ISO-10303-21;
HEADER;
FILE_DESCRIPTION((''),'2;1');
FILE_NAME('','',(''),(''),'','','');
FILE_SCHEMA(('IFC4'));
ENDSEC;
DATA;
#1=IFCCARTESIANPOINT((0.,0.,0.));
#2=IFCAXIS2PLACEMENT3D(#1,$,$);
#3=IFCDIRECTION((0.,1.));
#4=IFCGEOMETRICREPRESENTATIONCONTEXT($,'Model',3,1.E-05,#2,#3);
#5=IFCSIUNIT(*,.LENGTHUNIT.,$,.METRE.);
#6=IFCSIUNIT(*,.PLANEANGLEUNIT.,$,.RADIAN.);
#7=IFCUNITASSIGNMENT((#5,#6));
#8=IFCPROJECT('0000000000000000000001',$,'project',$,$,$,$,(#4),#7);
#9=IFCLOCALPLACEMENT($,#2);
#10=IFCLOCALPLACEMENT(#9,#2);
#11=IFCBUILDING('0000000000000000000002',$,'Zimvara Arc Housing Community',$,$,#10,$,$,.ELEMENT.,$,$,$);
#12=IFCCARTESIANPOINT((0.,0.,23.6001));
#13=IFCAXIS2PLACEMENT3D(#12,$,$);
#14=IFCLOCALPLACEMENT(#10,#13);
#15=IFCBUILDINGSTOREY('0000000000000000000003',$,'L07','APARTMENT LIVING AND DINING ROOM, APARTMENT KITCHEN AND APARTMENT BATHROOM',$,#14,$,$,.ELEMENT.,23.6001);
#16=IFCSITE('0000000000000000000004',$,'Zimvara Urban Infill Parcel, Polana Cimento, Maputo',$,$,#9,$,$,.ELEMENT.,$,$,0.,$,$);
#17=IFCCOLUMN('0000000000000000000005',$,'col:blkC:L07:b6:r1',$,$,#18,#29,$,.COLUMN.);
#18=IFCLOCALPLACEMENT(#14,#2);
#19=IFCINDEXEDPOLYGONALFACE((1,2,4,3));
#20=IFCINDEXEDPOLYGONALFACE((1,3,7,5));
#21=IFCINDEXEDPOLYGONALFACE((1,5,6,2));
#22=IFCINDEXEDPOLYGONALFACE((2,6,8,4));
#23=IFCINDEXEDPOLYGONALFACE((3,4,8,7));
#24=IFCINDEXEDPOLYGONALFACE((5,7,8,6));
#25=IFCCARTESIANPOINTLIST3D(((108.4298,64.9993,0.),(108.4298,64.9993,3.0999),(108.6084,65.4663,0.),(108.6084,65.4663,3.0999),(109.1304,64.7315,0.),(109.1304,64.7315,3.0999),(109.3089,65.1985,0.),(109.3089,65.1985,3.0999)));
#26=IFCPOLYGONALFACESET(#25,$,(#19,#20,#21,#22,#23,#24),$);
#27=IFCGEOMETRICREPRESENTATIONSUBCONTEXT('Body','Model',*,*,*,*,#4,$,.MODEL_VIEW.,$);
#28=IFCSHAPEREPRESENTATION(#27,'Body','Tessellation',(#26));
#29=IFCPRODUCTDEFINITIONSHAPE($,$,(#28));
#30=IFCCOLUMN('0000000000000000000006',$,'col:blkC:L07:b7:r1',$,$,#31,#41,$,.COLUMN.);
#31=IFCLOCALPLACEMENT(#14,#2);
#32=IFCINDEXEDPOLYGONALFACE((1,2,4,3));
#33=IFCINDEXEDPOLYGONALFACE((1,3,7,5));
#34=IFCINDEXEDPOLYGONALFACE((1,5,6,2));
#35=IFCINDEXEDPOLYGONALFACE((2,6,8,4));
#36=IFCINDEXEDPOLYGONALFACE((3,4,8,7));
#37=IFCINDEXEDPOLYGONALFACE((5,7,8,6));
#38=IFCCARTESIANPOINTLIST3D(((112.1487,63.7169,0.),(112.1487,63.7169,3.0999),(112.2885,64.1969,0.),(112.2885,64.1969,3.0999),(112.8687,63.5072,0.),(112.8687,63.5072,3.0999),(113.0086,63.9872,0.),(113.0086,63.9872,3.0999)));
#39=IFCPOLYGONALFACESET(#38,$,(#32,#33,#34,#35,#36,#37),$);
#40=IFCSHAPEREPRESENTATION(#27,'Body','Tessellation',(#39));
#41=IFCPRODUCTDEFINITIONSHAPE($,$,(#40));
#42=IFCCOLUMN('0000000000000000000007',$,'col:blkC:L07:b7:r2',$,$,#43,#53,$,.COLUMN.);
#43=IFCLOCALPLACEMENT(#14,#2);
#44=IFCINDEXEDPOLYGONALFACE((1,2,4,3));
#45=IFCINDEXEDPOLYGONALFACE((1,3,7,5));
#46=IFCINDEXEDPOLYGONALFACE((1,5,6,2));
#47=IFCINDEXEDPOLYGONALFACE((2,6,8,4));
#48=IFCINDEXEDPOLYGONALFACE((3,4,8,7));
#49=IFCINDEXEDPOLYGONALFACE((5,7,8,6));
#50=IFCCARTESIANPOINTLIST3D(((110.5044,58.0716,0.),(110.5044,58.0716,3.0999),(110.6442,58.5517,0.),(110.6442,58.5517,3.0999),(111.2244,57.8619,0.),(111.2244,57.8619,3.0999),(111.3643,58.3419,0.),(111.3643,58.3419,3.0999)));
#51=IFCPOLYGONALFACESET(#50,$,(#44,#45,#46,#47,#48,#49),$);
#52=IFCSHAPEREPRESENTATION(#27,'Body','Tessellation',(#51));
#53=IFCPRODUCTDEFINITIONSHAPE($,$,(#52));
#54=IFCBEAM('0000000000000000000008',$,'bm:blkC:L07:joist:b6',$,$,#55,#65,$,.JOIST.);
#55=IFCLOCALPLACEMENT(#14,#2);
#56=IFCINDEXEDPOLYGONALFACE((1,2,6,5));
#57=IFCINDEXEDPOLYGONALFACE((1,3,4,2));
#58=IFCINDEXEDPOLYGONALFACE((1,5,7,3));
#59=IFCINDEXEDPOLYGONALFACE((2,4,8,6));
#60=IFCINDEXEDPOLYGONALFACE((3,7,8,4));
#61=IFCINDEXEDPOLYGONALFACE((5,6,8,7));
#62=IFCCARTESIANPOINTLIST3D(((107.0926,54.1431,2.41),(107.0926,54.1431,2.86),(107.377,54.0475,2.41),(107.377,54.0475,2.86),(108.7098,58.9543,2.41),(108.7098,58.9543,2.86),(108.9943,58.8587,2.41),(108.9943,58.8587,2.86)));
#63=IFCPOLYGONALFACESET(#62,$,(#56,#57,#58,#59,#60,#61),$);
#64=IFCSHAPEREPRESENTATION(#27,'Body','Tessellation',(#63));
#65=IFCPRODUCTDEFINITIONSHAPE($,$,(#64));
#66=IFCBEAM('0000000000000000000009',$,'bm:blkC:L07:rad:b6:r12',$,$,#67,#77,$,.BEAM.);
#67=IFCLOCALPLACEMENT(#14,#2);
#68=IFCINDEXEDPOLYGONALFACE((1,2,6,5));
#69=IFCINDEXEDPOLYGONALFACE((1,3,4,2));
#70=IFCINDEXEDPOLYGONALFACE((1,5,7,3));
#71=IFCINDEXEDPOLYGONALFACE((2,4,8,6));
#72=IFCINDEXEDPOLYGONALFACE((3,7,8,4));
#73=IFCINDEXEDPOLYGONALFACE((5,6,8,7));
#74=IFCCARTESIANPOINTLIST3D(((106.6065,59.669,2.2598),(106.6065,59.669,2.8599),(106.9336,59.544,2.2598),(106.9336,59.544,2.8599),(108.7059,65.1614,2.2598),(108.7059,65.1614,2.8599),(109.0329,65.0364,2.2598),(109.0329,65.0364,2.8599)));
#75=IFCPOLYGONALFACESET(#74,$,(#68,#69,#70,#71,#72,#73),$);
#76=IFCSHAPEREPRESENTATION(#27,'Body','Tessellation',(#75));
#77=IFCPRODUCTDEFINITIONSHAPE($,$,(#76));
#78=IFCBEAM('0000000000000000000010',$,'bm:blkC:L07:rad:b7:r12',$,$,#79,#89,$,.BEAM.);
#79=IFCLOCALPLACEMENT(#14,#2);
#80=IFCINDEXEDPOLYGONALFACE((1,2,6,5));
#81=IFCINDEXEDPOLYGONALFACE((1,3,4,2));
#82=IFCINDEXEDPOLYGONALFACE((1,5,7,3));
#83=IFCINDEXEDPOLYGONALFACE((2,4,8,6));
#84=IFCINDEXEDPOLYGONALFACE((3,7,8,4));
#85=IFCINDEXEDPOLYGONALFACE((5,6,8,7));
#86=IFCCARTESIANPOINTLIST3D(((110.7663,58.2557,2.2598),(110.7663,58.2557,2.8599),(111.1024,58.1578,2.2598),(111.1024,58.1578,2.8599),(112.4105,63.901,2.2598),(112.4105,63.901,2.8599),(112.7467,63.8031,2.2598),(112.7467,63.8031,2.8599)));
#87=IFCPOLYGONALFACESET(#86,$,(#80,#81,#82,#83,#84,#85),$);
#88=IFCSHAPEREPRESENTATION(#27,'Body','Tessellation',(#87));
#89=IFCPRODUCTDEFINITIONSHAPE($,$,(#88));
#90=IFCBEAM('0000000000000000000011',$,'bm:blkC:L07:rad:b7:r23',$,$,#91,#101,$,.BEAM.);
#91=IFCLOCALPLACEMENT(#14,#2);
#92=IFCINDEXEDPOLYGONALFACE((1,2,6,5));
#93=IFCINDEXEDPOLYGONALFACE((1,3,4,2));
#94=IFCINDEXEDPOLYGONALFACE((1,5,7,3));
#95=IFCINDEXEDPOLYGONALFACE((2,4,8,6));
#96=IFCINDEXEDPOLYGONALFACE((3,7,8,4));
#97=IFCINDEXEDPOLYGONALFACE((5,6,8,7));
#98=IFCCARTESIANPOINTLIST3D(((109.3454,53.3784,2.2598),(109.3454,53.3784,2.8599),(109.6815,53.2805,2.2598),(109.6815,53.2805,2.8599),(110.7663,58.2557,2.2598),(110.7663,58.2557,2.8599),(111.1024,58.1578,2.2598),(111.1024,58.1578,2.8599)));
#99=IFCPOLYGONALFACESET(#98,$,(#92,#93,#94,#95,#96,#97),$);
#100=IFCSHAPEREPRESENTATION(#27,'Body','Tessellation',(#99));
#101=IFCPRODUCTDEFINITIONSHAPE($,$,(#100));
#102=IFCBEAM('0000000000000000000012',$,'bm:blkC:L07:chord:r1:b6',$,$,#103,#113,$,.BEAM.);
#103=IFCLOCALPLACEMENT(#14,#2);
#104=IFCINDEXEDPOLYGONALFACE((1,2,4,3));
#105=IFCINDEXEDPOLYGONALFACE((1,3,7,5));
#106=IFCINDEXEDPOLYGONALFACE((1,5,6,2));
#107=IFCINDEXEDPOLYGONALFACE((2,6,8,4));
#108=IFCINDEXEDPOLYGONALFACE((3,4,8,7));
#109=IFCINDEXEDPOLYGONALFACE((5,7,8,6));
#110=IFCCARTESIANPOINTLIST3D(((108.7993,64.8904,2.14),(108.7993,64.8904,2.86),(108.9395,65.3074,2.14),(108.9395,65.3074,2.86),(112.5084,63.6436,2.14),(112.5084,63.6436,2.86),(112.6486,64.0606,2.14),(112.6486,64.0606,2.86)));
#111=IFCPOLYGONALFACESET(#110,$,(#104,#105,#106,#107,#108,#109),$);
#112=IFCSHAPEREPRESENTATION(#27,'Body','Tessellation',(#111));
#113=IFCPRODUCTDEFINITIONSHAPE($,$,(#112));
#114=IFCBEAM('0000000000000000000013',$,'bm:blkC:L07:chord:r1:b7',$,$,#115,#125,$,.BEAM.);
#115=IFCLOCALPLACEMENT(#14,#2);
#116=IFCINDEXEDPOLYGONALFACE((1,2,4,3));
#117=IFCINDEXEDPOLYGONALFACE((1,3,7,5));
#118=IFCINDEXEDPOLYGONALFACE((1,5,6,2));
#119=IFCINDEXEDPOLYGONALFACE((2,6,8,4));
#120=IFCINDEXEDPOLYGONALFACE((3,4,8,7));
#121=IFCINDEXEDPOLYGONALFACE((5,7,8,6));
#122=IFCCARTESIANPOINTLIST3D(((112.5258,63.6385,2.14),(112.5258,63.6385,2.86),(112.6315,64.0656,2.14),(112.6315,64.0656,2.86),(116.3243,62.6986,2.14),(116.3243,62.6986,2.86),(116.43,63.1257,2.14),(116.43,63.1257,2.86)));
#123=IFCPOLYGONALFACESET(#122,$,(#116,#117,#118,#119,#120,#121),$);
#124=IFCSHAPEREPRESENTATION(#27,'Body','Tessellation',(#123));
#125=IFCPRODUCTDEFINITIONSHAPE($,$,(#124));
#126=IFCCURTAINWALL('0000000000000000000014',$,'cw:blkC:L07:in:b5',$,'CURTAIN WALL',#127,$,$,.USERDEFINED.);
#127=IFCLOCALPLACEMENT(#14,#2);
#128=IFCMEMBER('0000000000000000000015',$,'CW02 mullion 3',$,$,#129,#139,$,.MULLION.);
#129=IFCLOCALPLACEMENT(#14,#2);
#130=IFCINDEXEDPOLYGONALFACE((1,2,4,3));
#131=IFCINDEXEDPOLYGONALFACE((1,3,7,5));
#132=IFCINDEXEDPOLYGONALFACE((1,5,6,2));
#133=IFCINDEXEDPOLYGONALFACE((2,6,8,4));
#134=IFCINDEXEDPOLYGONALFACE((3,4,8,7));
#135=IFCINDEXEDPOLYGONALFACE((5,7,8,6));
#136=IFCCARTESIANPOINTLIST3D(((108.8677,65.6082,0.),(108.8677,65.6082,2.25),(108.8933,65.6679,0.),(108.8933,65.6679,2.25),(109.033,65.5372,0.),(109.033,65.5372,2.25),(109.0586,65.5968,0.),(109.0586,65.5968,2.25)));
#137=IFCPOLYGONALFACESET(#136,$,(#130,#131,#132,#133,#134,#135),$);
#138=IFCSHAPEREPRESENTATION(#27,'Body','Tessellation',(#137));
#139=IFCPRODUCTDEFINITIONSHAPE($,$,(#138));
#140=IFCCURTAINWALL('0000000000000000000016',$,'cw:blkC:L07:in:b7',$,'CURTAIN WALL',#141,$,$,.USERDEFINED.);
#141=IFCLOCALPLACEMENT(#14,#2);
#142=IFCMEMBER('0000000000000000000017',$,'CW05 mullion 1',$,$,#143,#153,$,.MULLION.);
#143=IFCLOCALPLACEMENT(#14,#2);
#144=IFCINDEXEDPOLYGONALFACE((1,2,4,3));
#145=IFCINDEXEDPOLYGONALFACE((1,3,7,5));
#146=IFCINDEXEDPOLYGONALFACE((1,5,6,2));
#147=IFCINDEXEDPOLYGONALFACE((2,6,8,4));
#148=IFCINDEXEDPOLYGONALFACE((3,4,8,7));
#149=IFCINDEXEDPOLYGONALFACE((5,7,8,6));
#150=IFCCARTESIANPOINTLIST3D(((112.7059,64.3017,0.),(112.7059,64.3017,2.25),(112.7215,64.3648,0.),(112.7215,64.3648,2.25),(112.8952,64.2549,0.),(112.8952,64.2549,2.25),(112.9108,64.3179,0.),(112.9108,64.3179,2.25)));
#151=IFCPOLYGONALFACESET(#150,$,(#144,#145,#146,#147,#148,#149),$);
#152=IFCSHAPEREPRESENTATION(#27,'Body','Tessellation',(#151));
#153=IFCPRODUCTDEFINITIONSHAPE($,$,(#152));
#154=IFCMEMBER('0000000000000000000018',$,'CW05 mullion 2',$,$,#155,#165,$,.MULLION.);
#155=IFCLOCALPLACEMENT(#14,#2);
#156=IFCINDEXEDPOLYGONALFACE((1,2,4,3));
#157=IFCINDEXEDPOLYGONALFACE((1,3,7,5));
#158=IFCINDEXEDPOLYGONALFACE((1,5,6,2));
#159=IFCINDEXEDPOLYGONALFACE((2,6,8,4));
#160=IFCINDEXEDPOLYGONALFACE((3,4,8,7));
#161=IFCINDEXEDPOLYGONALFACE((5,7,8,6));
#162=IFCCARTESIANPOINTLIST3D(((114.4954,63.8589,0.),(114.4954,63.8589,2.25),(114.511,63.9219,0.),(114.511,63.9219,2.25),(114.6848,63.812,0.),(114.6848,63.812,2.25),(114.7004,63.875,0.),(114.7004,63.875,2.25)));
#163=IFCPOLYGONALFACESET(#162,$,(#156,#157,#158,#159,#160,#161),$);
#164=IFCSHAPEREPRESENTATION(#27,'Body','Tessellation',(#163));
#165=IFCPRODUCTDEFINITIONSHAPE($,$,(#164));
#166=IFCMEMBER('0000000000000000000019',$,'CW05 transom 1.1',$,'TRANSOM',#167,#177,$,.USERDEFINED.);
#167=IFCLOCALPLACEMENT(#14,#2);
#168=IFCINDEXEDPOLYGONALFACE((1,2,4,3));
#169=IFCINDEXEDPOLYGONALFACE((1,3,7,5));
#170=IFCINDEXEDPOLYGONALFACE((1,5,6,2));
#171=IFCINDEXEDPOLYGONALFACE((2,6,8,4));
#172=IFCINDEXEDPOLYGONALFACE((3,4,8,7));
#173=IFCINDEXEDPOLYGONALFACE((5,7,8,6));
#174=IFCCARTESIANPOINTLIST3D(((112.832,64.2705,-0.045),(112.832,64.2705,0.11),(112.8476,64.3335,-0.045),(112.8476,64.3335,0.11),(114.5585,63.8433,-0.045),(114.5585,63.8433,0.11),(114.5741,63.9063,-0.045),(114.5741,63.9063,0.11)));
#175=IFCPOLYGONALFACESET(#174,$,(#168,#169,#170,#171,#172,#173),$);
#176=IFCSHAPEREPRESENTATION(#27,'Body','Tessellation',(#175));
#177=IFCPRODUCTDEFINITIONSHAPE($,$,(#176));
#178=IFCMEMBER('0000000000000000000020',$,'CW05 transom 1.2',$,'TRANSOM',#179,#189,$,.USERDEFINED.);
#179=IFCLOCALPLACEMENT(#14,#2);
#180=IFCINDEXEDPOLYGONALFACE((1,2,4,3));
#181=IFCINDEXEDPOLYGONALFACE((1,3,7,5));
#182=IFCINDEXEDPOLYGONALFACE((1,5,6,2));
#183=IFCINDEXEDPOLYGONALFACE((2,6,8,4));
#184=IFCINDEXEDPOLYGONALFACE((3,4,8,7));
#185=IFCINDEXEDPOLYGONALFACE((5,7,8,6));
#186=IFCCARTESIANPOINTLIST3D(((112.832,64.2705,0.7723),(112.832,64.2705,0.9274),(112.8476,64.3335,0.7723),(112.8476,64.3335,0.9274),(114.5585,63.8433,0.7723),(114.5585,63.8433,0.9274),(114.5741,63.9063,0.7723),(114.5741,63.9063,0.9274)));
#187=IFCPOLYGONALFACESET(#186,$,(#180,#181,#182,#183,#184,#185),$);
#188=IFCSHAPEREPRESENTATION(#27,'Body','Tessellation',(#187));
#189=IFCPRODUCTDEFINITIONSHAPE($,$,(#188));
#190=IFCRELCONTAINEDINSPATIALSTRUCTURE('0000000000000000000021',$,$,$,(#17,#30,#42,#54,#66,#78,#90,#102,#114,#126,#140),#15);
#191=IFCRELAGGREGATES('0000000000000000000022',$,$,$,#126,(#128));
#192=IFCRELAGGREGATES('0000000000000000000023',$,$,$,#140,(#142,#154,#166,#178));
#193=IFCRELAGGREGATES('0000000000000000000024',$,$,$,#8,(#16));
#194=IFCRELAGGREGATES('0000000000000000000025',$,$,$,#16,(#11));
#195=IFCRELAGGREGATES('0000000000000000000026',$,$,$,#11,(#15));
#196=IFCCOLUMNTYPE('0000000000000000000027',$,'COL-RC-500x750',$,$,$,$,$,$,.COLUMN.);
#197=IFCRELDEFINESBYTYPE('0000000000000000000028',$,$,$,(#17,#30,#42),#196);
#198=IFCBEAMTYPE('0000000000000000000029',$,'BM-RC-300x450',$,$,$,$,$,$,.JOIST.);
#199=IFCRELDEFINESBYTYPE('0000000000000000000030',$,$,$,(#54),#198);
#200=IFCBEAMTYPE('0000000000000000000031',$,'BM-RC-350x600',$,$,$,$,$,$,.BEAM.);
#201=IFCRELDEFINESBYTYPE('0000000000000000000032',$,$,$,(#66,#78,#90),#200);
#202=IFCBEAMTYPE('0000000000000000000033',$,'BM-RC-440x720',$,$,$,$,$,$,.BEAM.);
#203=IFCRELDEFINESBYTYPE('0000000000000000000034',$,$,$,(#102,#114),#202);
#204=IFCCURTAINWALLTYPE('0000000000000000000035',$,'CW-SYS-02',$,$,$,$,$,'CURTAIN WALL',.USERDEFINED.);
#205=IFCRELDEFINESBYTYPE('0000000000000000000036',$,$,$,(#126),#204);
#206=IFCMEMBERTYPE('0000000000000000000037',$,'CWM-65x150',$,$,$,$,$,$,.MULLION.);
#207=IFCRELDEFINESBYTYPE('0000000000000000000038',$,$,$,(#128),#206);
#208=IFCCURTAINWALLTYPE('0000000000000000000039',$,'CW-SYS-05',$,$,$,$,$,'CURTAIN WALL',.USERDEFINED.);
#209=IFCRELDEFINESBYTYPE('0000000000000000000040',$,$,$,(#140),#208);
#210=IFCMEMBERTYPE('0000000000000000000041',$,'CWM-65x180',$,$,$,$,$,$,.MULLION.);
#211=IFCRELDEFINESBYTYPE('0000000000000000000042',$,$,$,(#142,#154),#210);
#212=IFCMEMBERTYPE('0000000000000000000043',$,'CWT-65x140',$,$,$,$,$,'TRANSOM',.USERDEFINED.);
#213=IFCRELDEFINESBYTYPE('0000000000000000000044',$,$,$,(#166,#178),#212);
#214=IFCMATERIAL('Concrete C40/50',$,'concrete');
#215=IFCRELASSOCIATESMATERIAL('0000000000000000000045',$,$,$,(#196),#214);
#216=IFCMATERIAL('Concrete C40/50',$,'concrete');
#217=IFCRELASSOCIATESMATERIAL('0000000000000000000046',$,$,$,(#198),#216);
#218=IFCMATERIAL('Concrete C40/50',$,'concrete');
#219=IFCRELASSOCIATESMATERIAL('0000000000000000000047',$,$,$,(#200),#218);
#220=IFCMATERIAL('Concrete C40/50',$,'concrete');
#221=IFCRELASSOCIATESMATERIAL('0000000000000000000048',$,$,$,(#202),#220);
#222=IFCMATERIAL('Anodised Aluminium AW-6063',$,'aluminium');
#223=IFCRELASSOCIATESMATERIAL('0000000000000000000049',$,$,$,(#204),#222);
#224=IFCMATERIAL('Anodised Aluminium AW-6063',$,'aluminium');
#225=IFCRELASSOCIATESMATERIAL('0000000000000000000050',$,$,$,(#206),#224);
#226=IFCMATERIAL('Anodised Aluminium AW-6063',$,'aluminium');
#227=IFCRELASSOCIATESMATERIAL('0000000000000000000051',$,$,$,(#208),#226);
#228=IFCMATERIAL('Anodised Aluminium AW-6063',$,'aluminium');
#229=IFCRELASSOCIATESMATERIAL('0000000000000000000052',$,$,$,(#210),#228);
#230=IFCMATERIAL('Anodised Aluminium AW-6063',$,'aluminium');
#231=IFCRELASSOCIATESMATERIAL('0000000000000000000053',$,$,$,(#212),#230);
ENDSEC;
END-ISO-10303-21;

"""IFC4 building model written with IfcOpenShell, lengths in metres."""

from ifc_helpers import new_model, si_unit, direction, frame, origin, origin_2d, place, context, subcontext, project, spatial, rectangle, extrude, material, material_profile, profile_set, type_object, element, aggregate, save


model = new_model("IFC4")

# Units and contexts
model_context = context("Model", 3, precision=1e-05, world=origin(), true_north=direction((0.0, 1.0)))
body_context = subcontext(model_context, "Body", "Model", "MODEL_VIEW")
ifc_project = project(units=[si_unit("LENGTHUNIT", "METRE"), si_unit("PLANEANGLEUNIT", "RADIAN")], contexts=[model_context])

# Site, building, storey
site_placement = place(None, origin())
site = spatial("IfcSite", under=ifc_project, at=site_placement, Name="Zimvara Urban Infill Parcel, Polana Cimento, Maputo", CompositionType="ELEMENT", RefElevation=0.0)
building_placement = place(site_placement, origin())
building = spatial("IfcBuilding", under=site, at=building_placement, Name="Zimvara Arc Housing Community", CompositionType="ELEMENT")
storey_placement = place(building_placement, frame((0.0, 0.0, 23.6001)))
storey = spatial("IfcBuildingStorey", under=building, at=storey_placement, Name="L07", Description="APARTMENT LIVING AND DINING ROOM, APARTMENT KITCHEN AND APARTMENT BATHROOM", CompositionType="ELEMENT", Elevation=23.6001)

# Columns
ifc_material_1 = material(Name="Concrete C40/50", Category="concrete")
ifc_material_profile_1 = material_profile(ifc_material_1, rectangle(XDim=0.5, YDim=0.75, at=origin_2d()), Name="RC 500x750")
ifc_profile_set_1 = profile_set([ifc_material_profile_1], Name="Concrete C40/50")
column_type = type_object("IfcColumnType", Name="COL-RC-500x750", PredefinedType="COLUMN", material=ifc_profile_set_1)
for number, where, z_axis, x_axis, name in (
    (1, (108.8694, 65.0989, 0.0), (0.0, 0.0, 1.0), (-0.357064, -0.93408, 0.0), "col:blkC:L07:b6:r1"),
    (2, (112.5786, 63.8521, 0.0), (0.0, 0.0, 1.0), (-0.279661, -0.960099, 0.0), "col:blkC:L07:b7:r1"),
    (3, (110.9343, 58.2068, 0.0), (0.0, 0.0, 1.0), (-0.279661, -0.960099, 0.0), "col:blkC:L07:b7:r2"),
):
    element("IfcColumn", number, at=place(storey_placement, frame(where, z_axis=z_axis, x_axis=x_axis)), inside=storey, type_object=column_type, Name=name, PredefinedType="COLUMN", context=body_context, shape_type="SweptSolid", body=[
        extrude(rectangle(XDim=0.5, YDim=0.75, at=origin_2d()), origin(), (0.0, 0.0, 1.0), 3.0999),
    ])

# Beams
ifc_material_2 = material(Name="Concrete C40/50", Category="concrete")
ifc_material_profile_2 = material_profile(ifc_material_2, rectangle(XDim=0.3, YDim=0.45, at=origin_2d()), Name="RC 300x450")
ifc_profile_set_2 = profile_set([ifc_material_profile_2], Name="Concrete C40/50")
beam_type_1 = type_object("IfcBeamType", Name="BM-RC-300x450", PredefinedType="JOIST", material=ifc_profile_set_2)
beam_1_placement = place(storey_placement, frame((108.8521, 58.9065, 2.635), z_axis=(-0.318622, -0.947882, 0.0), x_axis=(0.947882, -0.318622, 0.0)))
element("IfcBeam", 4, at=beam_1_placement, inside=storey, type_object=beam_type_1, Name="bm:blkC:L07:joist:b6", PredefinedType="JOIST", context=body_context, shape_type="SweptSolid", body=[
    extrude(rectangle(XDim=0.3, YDim=0.45, at=origin_2d()), origin(), (0.0, 0.0, 1.0), 5.0757),
])
ifc_material_3 = material(Name="Concrete C40/50", Category="concrete")
ifc_material_profile_3 = material_profile(ifc_material_3, rectangle(XDim=0.3501, YDim=0.6001, at=origin_2d()), Name="RC 350x600")
ifc_profile_set_3 = profile_set([ifc_material_profile_3], Name="Concrete C40/50")
beam_type_2 = type_object("IfcBeamType", Name="BM-RC-350x600", PredefinedType="BEAM", material=ifc_profile_set_3)
for number, where, z_axis, x_axis, name in (
    (5, (108.8694, 65.0989, 2.5598), (-0.357036, -0.934091, 0.0), (0.934091, -0.357036, 0.0), "bm:blkC:L07:rad:b6:r12"),
    (6, (112.5786, 63.8521, 2.5598), (-0.279648, -0.960103, 0.0), (0.960103, -0.279648, 0.0), "bm:blkC:L07:rad:b7:r12"),
):
    element("IfcBeam", number, at=place(storey_placement, frame(where, z_axis=z_axis, x_axis=x_axis)), inside=storey, type_object=beam_type_2, Name=name, PredefinedType="BEAM", context=body_context, shape_type="SweptSolid", body=[
        extrude(rectangle(XDim=0.3501, YDim=0.6001, at=origin_2d()), origin(), (0.0, 0.0, 1.0), 5.8799),
    ])
beam_2_placement = place(storey_placement, frame((110.9343, 58.2068, 2.5598), z_axis=(-0.279694, -0.960089, 0.0), x_axis=(0.960089, -0.279694, 0.0)))
element("IfcBeam", 7, at=beam_2_placement, inside=storey, type_object=beam_type_2, Name="bm:blkC:L07:rad:b7:r23", PredefinedType="BEAM", context=body_context, shape_type="SweptSolid", body=[
    extrude(rectangle(XDim=0.3501, YDim=0.6001, at=origin_2d()), origin(), (0.0, 0.0, 1.0), 5.0801),
])
ifc_material_4 = material(Name="Concrete C40/50", Category="concrete")
ifc_material_profile_4 = material_profile(ifc_material_4, rectangle(XDim=0.4399, YDim=0.72, at=origin_2d()), Name="RC 440x720")
ifc_profile_set_4 = profile_set([ifc_material_profile_4], Name="Concrete C40/50")
beam_type_3 = type_object("IfcBeamType", Name="BM-RC-440x720", PredefinedType="BEAM", material=ifc_profile_set_4)
for number, where, z_axis, x_axis, name in (
    (8, (108.8694, 65.0989, 2.5), (0.947882, -0.318623, 0.0), (0.318623, 0.947882, 0.0), "bm:blkC:L07:chord:r1:b6"),
    (9, (112.5786, 63.8521, 2.5), (0.970723, -0.240201, 0.0), (0.240201, 0.970723, 0.0), "bm:blkC:L07:chord:r1:b7"),
):
    element("IfcBeam", number, at=place(storey_placement, frame(where, z_axis=z_axis, x_axis=x_axis)), inside=storey, type_object=beam_type_3, Name=name, PredefinedType="BEAM", context=body_context, shape_type="SweptSolid", body=[
        extrude(rectangle(XDim=0.4399, YDim=0.72, at=origin_2d()), origin(), (0.0, 0.0, 1.0), 3.9131),
    ])

# Curtain wall, member
ifc_material_5 = material(Name="Anodised Aluminium AW-6063", Category="aluminium")
curtain_wall_type_1 = type_object("IfcCurtainWallType", Name="CW-SYS-02", ElementType="CURTAIN WALL", PredefinedType="USERDEFINED", material=ifc_material_5)
curtain_wall_1_placement = place(storey_placement, origin())
curtain_wall_1 = element("IfcCurtainWall", 10, at=curtain_wall_1_placement, inside=storey, type_object=curtain_wall_type_1, Name="cw:blkC:L07:in:b5", ObjectType="CURTAIN WALL", PredefinedType="USERDEFINED")
ifc_material_6 = material(Name="Anodised Aluminium AW-6063", Category="aluminium")
ifc_material_profile_5 = material_profile(ifc_material_6, rectangle(XDim=0.0649, YDim=0.1799, at=origin_2d()), Name="ALU 65x180")
ifc_profile_set_5 = profile_set([ifc_material_profile_5], Name="Anodised Aluminium AW-6063")
member_type_1 = type_object("IfcMemberType", Name="CWM-65x150", PredefinedType="MULLION", material=ifc_profile_set_5)
member_1_placement = place(storey_placement, frame((108.9631, 65.6025, 0.0), z_axis=(0.0, 0.0, 1.0), x_axis=(0.394904, 0.918722, 0.0)))
member_1 = element("IfcMember", 11, at=member_1_placement, type_object=member_type_1, Name="CW02 mullion 3", PredefinedType="MULLION", context=body_context, shape_type="SweptSolid", body=[
    extrude(rectangle(XDim=0.0649, YDim=0.1799, at=origin_2d()), origin(), (0.0, 0.0, 1.0), 2.25),
])
aggregate(curtain_wall_1, [member_1])

# Curtain wall, members
ifc_material_7 = material(Name="Anodised Aluminium AW-6063", Category="aluminium")
curtain_wall_type_2 = type_object("IfcCurtainWallType", Name="CW-SYS-05", ElementType="CURTAIN WALL", PredefinedType="USERDEFINED", material=ifc_material_7)
curtain_wall_2_placement = place(storey_placement, origin())
curtain_wall_2 = element("IfcCurtainWall", 12, at=curtain_wall_2_placement, inside=storey, type_object=curtain_wall_type_2, Name="cw:blkC:L07:in:b7", ObjectType="CURTAIN WALL", PredefinedType="USERDEFINED")
ifc_material_8 = material(Name="Anodised Aluminium AW-6063", Category="aluminium")
ifc_material_profile_6 = material_profile(ifc_material_8, rectangle(XDim=0.0649, YDim=0.1951, at=origin_2d()), Name="ALU 65x195")
ifc_profile_set_6 = profile_set([ifc_material_profile_6], Name="Anodised Aluminium AW-6063")
member_type_2 = type_object("IfcMemberType", Name="CWM-65x180", PredefinedType="MULLION", material=ifc_profile_set_6)
member_2_placement = place(storey_placement, frame((112.8083, 64.3098, 0.0), z_axis=(0.0, 0.0, 1.0), x_axis=(0.240229, 0.970716, 0.0)))
member_2 = element("IfcMember", 13, at=member_2_placement, type_object=member_type_2, Name="CW05 mullion 1", PredefinedType="MULLION", context=body_context, shape_type="SweptSolid", body=[
    extrude(rectangle(XDim=0.0649, YDim=0.1951, at=origin_2d()), origin(), (0.0, 0.0, 1.0), 2.25),
])
member_3_placement = place(storey_placement, frame((114.5979, 63.8669, 0.0), z_axis=(0.0, 0.0, 1.0), x_axis=(0.240229, 0.970716, 0.0)))
member_3 = element("IfcMember", 14, at=member_3_placement, type_object=member_type_2, Name="CW05 mullion 2", PredefinedType="MULLION", context=body_context, shape_type="SweptSolid", body=[
    extrude(rectangle(XDim=0.0649, YDim=0.1951, at=origin_2d()), origin(), (0.0, 0.0, 1.0), 2.25),
])
ifc_material_9 = material(Name="Anodised Aluminium AW-6063", Category="aluminium")
ifc_material_profile_7 = material_profile(ifc_material_9, rectangle(XDim=0.0649, YDim=0.155, at=origin_2d()), Name="ALU 65x155")
ifc_profile_set_7 = profile_set([ifc_material_profile_7], Name="Anodised Aluminium AW-6063")
member_type_3 = type_object("IfcMemberType", Name="CWT-65x140", ElementType="TRANSOM", PredefinedType="USERDEFINED", material=ifc_profile_set_7)
member_4_placement = place(storey_placement, frame((112.8398, 64.302, 0.0325), z_axis=(0.970721, -0.24021, 0.0), x_axis=(0.24021, 0.970721, 0.0)))
member_4 = element("IfcMember", 15, at=member_4_placement, type_object=member_type_3, Name="CW05 transom 1.1", ObjectType="TRANSOM", PredefinedType="USERDEFINED", context=body_context, shape_type="SweptSolid", body=[
    extrude(rectangle(XDim=0.0649, YDim=0.155, at=origin_2d()), origin(), (0.0, 0.0, 1.0), 1.7786),
])
member_5_placement = place(storey_placement, frame((112.8398, 64.302, 0.8499), z_axis=(0.970721, -0.24021, 0.0), x_axis=(0.24021, 0.970721, 0.0)))
member_5 = element("IfcMember", 16, at=member_5_placement, type_object=member_type_3, Name="CW05 transom 1.2", ObjectType="TRANSOM", PredefinedType="USERDEFINED", context=body_context, shape_type="SweptSolid", body=[
    extrude(rectangle(XDim=0.0649, YDim=0.155, at=origin_2d()), origin(), (0.0, 0.0, 1.0), 1.7786),
])
aggregate(curtain_wall_2, [member_2, member_3, member_4, member_5])

save(model, "model.ifc")
